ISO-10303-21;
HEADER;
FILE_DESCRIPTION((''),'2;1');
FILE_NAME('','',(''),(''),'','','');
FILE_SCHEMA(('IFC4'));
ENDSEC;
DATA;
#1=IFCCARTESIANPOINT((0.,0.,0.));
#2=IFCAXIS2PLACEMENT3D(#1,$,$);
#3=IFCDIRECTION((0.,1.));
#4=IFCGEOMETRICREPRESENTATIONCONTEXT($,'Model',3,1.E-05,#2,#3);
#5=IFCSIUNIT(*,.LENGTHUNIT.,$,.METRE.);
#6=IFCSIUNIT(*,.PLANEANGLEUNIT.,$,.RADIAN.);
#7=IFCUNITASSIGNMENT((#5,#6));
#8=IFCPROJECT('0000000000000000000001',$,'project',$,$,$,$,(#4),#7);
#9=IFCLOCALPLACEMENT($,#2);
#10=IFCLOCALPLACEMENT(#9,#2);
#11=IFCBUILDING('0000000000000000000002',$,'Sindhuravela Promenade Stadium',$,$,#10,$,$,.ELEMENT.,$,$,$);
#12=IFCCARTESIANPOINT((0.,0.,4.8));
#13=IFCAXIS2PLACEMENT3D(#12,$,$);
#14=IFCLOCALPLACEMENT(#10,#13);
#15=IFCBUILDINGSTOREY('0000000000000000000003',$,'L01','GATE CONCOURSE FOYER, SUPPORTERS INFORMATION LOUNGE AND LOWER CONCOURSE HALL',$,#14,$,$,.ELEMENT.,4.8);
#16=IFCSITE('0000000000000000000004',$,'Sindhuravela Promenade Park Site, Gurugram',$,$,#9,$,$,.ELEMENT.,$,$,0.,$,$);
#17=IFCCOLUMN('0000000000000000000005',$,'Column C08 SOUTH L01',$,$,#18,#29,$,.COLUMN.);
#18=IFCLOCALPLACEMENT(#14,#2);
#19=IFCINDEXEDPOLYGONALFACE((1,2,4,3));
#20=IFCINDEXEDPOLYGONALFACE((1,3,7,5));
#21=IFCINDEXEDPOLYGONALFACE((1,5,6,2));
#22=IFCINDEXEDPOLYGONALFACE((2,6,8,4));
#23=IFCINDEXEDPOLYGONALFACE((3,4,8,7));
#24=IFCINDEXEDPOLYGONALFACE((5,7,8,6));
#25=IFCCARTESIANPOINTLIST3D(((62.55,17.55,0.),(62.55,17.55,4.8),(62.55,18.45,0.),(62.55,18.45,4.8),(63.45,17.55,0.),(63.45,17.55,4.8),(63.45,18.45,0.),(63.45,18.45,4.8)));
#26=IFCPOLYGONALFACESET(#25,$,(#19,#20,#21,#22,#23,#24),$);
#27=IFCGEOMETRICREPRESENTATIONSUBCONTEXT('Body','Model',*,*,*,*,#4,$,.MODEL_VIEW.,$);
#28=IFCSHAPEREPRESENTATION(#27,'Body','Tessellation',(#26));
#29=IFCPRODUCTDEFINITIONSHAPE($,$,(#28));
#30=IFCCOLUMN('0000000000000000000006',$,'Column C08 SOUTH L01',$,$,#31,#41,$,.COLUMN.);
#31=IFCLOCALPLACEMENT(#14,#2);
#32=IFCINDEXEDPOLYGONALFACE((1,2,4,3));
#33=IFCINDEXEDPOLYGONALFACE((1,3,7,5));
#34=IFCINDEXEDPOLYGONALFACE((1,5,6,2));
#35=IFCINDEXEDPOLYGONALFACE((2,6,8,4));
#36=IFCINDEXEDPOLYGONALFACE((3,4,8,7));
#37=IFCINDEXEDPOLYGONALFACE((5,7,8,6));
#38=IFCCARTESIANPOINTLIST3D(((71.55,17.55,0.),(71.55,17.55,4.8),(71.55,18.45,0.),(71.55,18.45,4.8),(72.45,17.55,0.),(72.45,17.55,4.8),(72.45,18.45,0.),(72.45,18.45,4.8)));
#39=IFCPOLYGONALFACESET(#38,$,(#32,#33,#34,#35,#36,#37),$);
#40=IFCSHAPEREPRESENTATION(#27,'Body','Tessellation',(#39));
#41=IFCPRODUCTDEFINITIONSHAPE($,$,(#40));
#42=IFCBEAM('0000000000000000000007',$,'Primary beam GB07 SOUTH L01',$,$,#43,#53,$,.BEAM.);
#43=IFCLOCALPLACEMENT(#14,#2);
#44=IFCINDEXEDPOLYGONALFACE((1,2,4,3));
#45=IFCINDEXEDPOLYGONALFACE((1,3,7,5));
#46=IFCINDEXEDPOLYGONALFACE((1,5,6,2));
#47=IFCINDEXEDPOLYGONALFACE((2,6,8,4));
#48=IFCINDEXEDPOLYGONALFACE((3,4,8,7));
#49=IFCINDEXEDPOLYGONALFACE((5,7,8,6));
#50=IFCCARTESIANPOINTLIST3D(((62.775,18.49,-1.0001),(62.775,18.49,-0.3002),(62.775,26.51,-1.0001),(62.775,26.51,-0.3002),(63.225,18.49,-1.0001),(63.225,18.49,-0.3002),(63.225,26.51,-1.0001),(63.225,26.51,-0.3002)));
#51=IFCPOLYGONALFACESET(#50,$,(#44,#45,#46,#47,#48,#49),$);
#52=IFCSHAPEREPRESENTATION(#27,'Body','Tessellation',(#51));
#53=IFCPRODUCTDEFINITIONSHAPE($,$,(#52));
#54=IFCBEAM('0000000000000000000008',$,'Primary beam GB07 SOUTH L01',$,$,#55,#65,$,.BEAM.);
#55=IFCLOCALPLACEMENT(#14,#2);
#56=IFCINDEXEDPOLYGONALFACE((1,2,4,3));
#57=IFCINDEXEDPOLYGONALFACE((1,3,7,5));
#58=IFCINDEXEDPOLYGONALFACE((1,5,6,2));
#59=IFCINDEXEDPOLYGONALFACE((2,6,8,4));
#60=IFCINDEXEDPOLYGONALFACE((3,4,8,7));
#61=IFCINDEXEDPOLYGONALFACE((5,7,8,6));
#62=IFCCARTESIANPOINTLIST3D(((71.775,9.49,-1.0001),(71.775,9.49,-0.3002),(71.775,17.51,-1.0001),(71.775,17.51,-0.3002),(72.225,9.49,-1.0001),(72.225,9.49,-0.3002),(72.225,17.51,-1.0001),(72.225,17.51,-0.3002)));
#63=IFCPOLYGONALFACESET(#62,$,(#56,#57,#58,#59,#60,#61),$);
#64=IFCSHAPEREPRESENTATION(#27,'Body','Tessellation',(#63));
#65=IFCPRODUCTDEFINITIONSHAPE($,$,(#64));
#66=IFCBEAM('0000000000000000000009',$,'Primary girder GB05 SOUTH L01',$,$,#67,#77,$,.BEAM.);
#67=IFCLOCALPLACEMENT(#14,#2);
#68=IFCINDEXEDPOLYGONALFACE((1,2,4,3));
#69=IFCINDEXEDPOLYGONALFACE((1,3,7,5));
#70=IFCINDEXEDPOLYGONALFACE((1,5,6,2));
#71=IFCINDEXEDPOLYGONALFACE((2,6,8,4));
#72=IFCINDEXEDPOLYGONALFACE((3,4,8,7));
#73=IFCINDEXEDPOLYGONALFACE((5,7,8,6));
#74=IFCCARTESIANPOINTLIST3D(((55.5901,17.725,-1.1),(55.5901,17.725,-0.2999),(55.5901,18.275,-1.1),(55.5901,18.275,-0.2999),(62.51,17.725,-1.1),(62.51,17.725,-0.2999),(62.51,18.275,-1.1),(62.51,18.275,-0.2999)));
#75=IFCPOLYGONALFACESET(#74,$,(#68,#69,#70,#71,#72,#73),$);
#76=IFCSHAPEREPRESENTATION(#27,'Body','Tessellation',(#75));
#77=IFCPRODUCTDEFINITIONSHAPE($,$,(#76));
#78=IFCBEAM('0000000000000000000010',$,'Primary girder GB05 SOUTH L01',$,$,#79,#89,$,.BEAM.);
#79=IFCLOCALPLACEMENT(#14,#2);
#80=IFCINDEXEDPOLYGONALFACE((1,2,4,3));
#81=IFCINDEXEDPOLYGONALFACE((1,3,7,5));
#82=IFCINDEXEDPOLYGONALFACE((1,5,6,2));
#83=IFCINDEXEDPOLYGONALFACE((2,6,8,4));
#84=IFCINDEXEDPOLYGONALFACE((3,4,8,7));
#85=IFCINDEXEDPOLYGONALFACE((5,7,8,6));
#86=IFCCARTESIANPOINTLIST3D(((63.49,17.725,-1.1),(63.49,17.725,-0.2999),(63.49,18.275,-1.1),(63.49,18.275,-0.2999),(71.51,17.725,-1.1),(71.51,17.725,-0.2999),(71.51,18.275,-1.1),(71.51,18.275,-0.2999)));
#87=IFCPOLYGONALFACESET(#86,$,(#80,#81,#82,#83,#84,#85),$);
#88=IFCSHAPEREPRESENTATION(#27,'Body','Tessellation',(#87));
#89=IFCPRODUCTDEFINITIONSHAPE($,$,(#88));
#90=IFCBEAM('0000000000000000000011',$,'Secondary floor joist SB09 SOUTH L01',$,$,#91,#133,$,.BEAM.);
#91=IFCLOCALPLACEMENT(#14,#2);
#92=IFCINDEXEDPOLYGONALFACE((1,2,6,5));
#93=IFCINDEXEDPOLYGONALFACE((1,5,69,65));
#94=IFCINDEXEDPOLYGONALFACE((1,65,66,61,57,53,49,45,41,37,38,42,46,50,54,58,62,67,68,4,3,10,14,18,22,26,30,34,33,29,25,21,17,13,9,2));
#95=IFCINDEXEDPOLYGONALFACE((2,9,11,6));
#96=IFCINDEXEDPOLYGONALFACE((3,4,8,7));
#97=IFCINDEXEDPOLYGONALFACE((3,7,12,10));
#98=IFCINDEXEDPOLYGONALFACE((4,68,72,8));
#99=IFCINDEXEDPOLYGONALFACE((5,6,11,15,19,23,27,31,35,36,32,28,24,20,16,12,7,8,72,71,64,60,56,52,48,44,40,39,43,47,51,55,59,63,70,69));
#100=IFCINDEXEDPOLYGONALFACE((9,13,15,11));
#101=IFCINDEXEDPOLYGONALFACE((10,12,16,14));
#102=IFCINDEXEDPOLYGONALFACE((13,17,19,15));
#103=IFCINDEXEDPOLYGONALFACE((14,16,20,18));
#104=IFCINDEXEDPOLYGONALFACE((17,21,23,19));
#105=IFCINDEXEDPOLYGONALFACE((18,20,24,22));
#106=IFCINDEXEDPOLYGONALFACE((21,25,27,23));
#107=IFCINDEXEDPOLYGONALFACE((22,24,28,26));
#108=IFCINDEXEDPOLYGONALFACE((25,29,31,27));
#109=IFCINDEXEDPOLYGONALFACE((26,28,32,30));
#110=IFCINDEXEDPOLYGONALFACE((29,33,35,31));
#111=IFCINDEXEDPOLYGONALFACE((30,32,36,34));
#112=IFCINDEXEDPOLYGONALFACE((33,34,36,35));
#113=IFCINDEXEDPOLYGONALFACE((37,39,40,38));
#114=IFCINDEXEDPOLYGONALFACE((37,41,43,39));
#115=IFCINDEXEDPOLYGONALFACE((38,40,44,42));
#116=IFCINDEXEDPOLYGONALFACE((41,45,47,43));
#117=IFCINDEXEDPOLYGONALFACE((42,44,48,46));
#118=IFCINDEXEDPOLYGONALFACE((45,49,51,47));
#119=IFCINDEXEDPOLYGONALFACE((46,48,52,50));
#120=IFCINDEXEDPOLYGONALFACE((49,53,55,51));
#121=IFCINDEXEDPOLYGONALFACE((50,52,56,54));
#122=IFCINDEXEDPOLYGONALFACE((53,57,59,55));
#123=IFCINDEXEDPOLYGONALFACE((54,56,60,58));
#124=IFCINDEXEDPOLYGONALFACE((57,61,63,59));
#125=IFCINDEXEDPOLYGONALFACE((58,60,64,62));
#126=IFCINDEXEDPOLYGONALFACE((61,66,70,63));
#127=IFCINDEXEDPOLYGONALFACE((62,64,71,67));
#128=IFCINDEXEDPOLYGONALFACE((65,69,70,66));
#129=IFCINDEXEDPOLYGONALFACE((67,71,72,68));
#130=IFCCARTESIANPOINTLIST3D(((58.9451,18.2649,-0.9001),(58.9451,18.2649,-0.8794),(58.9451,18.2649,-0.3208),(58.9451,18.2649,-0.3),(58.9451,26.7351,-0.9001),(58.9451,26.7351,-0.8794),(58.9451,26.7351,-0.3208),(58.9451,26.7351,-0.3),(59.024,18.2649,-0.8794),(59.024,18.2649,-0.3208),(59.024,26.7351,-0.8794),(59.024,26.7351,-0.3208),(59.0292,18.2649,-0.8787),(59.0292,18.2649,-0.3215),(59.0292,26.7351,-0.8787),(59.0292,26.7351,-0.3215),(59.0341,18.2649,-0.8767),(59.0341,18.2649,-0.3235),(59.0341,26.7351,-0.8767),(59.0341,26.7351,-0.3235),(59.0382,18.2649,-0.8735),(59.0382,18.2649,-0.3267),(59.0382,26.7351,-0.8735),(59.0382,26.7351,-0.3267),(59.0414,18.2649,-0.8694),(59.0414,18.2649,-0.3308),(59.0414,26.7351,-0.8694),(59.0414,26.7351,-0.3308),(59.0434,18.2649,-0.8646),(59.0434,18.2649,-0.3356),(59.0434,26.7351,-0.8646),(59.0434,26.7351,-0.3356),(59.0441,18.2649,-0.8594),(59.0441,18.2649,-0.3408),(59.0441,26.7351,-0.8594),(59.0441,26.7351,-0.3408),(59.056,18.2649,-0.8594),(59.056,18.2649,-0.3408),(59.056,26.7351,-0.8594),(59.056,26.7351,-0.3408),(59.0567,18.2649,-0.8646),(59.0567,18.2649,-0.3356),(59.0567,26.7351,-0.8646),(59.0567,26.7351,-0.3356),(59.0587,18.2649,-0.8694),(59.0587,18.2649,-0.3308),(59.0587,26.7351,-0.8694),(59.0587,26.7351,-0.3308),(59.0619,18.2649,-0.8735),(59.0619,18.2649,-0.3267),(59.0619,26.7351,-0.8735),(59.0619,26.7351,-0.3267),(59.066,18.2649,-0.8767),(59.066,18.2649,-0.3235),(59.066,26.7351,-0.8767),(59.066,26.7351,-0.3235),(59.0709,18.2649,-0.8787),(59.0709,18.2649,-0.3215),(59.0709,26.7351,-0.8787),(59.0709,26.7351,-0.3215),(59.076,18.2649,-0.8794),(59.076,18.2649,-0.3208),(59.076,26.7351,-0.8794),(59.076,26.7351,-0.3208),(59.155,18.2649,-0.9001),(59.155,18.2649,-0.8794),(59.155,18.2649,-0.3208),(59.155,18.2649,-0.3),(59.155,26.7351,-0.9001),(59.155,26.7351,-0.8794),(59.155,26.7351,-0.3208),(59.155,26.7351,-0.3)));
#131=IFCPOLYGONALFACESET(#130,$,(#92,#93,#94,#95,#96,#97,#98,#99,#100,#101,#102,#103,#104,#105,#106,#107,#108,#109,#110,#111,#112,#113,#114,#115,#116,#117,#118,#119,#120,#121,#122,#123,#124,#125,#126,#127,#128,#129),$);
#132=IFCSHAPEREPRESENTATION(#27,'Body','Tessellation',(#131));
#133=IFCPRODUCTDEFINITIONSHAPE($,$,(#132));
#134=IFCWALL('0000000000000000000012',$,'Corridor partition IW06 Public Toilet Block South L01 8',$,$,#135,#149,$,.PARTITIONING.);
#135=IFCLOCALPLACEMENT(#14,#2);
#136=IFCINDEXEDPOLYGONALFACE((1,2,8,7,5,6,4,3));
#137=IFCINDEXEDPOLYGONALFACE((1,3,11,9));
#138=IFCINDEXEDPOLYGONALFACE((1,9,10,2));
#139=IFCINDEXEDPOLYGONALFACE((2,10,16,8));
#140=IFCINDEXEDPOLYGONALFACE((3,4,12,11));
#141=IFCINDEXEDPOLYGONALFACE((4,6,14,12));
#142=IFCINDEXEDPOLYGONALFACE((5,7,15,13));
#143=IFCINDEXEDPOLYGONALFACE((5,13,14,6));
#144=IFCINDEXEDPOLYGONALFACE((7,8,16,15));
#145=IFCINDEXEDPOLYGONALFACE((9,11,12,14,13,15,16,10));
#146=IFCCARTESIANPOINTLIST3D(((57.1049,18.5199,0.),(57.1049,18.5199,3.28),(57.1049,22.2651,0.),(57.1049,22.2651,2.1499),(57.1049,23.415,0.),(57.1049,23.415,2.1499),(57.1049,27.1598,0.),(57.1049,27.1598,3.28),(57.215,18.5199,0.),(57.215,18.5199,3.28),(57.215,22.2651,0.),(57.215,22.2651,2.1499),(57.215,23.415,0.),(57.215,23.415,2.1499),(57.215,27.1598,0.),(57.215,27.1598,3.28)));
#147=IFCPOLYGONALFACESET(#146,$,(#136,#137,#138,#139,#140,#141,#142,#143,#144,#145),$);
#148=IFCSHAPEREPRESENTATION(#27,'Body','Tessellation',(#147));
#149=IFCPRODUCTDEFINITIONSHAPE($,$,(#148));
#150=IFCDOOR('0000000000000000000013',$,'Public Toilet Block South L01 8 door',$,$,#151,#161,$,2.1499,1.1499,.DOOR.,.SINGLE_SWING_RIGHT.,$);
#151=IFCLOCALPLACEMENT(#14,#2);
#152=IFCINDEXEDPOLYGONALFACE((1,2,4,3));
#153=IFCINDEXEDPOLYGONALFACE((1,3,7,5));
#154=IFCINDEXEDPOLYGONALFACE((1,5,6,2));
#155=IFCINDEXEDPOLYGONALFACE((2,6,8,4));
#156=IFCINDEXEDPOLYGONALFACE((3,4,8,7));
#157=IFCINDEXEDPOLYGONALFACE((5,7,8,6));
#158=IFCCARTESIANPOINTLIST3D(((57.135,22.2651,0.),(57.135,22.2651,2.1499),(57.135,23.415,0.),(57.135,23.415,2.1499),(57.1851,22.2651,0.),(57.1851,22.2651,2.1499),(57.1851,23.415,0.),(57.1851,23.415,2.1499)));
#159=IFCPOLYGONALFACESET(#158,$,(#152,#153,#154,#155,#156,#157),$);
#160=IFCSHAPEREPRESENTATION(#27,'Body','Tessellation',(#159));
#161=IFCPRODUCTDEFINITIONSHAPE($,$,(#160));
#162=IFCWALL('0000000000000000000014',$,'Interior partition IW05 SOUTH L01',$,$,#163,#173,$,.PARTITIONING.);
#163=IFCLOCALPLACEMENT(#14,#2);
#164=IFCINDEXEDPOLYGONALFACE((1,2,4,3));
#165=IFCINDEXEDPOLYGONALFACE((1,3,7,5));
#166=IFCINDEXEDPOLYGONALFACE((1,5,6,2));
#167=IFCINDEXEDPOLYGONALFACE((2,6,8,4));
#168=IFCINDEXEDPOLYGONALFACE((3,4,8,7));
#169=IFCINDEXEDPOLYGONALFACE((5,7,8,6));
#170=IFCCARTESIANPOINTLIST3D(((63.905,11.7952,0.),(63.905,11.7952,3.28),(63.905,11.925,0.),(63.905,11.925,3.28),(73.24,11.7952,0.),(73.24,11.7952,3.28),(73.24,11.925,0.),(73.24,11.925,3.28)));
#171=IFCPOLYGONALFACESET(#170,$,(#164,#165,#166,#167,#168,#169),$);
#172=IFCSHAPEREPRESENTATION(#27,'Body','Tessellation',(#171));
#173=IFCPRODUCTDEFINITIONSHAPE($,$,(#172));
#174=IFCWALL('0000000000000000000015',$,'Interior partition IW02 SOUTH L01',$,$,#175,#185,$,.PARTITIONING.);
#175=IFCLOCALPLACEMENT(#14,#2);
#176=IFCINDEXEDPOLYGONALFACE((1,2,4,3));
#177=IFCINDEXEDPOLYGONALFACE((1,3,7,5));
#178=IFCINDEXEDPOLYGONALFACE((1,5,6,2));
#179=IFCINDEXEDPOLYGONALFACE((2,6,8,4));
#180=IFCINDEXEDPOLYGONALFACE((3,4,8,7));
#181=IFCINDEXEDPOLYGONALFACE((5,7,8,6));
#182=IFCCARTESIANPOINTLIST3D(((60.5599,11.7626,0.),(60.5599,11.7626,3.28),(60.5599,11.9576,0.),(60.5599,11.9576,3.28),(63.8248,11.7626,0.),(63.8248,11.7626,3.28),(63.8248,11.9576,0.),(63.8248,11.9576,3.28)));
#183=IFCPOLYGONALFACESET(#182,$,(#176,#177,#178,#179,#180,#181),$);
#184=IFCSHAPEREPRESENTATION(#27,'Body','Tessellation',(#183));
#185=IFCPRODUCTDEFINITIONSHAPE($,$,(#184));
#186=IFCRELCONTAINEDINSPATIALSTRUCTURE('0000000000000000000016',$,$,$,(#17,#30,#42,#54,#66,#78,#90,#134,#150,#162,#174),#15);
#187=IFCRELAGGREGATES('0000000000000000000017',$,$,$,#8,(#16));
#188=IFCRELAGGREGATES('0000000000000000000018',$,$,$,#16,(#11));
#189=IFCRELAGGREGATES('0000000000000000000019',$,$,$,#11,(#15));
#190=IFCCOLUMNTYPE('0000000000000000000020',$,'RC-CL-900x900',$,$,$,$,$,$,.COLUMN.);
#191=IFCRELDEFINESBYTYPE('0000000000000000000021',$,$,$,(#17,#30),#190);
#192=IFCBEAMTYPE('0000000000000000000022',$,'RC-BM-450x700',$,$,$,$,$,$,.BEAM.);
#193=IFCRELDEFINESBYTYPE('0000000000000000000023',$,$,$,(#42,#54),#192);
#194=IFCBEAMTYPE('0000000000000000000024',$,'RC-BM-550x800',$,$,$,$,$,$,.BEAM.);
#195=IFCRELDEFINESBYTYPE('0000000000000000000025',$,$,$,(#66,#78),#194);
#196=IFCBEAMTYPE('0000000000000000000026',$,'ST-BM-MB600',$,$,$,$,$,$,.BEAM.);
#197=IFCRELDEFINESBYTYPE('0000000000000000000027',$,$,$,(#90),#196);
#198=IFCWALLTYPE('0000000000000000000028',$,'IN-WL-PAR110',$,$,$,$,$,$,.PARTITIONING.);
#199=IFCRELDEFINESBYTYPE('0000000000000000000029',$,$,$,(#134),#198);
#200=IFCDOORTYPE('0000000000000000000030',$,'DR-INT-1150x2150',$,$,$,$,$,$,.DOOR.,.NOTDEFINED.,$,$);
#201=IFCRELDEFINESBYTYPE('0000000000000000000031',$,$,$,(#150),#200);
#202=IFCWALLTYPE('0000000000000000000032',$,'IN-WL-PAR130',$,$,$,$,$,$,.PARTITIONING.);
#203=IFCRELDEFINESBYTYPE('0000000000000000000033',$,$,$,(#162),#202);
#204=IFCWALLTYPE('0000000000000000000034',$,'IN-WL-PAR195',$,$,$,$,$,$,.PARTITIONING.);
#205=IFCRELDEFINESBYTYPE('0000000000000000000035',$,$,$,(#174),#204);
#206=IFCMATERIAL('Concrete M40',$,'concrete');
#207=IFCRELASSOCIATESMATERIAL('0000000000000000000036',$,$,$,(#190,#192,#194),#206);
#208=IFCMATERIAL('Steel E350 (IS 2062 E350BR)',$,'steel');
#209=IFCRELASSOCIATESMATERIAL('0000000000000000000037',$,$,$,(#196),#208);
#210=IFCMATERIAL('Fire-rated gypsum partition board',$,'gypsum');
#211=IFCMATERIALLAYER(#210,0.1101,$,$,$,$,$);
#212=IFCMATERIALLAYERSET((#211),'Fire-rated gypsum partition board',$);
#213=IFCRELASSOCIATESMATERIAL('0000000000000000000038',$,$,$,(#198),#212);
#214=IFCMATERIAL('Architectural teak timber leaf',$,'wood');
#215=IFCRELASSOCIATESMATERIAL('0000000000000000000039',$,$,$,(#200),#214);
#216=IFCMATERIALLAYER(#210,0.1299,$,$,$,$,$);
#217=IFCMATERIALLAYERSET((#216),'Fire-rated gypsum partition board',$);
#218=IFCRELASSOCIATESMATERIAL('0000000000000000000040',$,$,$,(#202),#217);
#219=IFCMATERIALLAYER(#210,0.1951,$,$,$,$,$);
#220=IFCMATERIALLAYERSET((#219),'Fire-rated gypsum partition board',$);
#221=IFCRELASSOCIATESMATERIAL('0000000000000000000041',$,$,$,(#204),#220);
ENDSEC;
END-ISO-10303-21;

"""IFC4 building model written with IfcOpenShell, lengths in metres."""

from ifc_helpers import new_model, si_unit, direction, frame, frame_2d, origin, origin_2d, place, context, subcontext, project, spatial, rectangle, i_section, extrude, material, layer, layer_set, material_profile, profile_set, type_object, element, fill, save


model = new_model("IFC4")

# Units and contexts
model_context = context("Model", 3, precision=1e-05, world=origin(), true_north=direction((0.0, 1.0)))
body_context = subcontext(model_context, "Body", "Model", "MODEL_VIEW")
ifc_project = project(units=[si_unit("LENGTHUNIT", "METRE"), si_unit("PLANEANGLEUNIT", "RADIAN")], contexts=[model_context])

# Site, building, storey
site_placement = place(None, origin())
site = spatial("IfcSite", under=ifc_project, at=site_placement, Name="Sindhuravela Promenade Park Site, Gurugram", CompositionType="ELEMENT", RefElevation=0.0)
building_placement = place(site_placement, origin())
building = spatial("IfcBuilding", under=site, at=building_placement, Name="Sindhuravela Promenade Stadium", CompositionType="ELEMENT")
storey_placement = place(building_placement, frame((0.0, 0.0, 4.8)))
storey = spatial("IfcBuildingStorey", under=building, at=storey_placement, Name="L01", Description="GATE CONCOURSE FOYER, SUPPORTERS INFORMATION LOUNGE AND LOWER CONCOURSE HALL", CompositionType="ELEMENT", Elevation=4.8)

# Columns
ifc_material_1 = material(Name="Concrete M40", Category="concrete")
ifc_material_profile_1 = material_profile(ifc_material_1, rectangle(XDim=0.8999, YDim=0.8999, at=origin_2d()), Name="RC 900x900")
ifc_profile_set_1 = profile_set([ifc_material_profile_1], Name="Concrete M40")
column_type = type_object("IfcColumnType", Name="RC-CL-900x900", PredefinedType="COLUMN", material=ifc_profile_set_1)
for number, where, z_axis, x_axis, name in (
    (1, (63.0, 18.0, 0.0), (0.0, 0.0, 1.0), (1.0, 0.0, 0.0), "Column C08 SOUTH L01"),
    (2, (72.0, 18.0, 0.0), (0.0, 0.0, 1.0), (1.0, 0.0, 0.0), "Column C08 SOUTH L01"),
):
    element("IfcColumn", number, at=place(storey_placement, frame(where, z_axis=z_axis, x_axis=x_axis)), inside=storey, type_object=column_type, Name=name, PredefinedType="COLUMN", context=body_context, shape_type="SweptSolid", body=[
        extrude(rectangle(XDim=0.8999, YDim=0.8999, at=origin_2d()), origin(), (0.0, 0.0, 1.0), 4.8),
    ])

# Beams
ifc_material_profile_2 = material_profile(ifc_material_1, rectangle(XDim=0.45, YDim=0.7, at=origin_2d()), Name="RC 450x700")
ifc_profile_set_2 = profile_set([ifc_material_profile_2], Name="Concrete M40")
beam_type_1 = type_object("IfcBeamType", Name="RC-BM-450x700", PredefinedType="BEAM", material=ifc_profile_set_2)
for number, where, z_axis, x_axis, name in (
    (3, (63.0, 18.49, -0.6501), (0.0, 1.0, 0.0), (-1.0, 0.0, 0.0), "Primary beam GB07 SOUTH L01"),
    (4, (72.0, 9.49, -0.6501), (0.0, 1.0, 0.0), (-1.0, 0.0, 0.0), "Primary beam GB07 SOUTH L01"),
):
    element("IfcBeam", number, at=place(storey_placement, frame(where, z_axis=z_axis, x_axis=x_axis)), inside=storey, type_object=beam_type_1, Name=name, PredefinedType="BEAM", context=body_context, shape_type="SweptSolid", body=[
        extrude(rectangle(XDim=0.45, YDim=0.7, at=origin_2d()), origin(), (0.0, 0.0, 1.0), 8.02),
    ])
ifc_material_profile_3 = material_profile(ifc_material_1, rectangle(XDim=0.55, YDim=0.8, at=origin_2d()), Name="RC 550x800")
ifc_profile_set_3 = profile_set([ifc_material_profile_3], Name="Concrete M40")
beam_type_2 = type_object("IfcBeamType", Name="RC-BM-550x800", PredefinedType="BEAM", material=ifc_profile_set_3)
beam_1_placement = place(storey_placement, frame((55.5901, 18.0, -0.7), z_axis=(1.0, 0.0, 0.0), x_axis=(0.0, 1.0, 0.0)))
element("IfcBeam", 5, at=beam_1_placement, inside=storey, type_object=beam_type_2, Name="Primary girder GB05 SOUTH L01", PredefinedType="BEAM", context=body_context, shape_type="SweptSolid", body=[
    extrude(rectangle(XDim=0.55, YDim=0.8, at=origin_2d()), origin(), (0.0, 0.0, 1.0), 6.9199),
])
beam_2_placement = place(storey_placement, frame((63.49, 18.0, -0.7), z_axis=(1.0, 0.0, 0.0), x_axis=(0.0, 1.0, 0.0)))
element("IfcBeam", 6, at=beam_2_placement, inside=storey, type_object=beam_type_2, Name="Primary girder GB05 SOUTH L01", PredefinedType="BEAM", context=body_context, shape_type="SweptSolid", body=[
    extrude(rectangle(XDim=0.55, YDim=0.8, at=origin_2d()), origin(), (0.0, 0.0, 1.0), 8.02),
])
ifc_material_2 = material(Name="Steel E350 (IS 2062 E350BR)", Category="steel")
ifc_material_profile_4 = material_profile(ifc_material_2, i_section(OverallWidth=0.21, OverallDepth=0.6001, WebThickness=0.012, FlangeThickness=0.0208, FilletRadius=0.02, at=origin_2d()), Name="ISMB 600")
ifc_profile_set_4 = profile_set([ifc_material_profile_4], Name="Steel E350 (IS 2062 E350BR)")
beam_type_3 = type_object("IfcBeamType", Name="ST-BM-MB600", PredefinedType="BEAM", material=ifc_profile_set_4)
beam_3_placement = place(storey_placement, frame((59.05, 18.2649, -0.6001), z_axis=(0.0, 1.0, 0.0), x_axis=(-1.0, 0.0, 0.0)))
element("IfcBeam", 7, at=beam_3_placement, inside=storey, type_object=beam_type_3, Name="Secondary floor joist SB09 SOUTH L01", PredefinedType="BEAM", context=body_context, shape_type="SweptSolid", body=[
    extrude(i_section(OverallWidth=0.21, OverallDepth=0.6001, WebThickness=0.012, FlangeThickness=0.0208, FilletRadius=0.02, at=origin_2d()), origin(), (0.0, 0.0, 1.0), 8.4702),
])

# Wall, opening, door
ifc_material_3 = material(Name="Fire-rated gypsum partition board", Category="gypsum")
ifc_layer_1 = layer(ifc_material_3, 0.1101)
ifc_layer_set_1 = layer_set([ifc_layer_1], Name="Fire-rated gypsum partition board")
wall_type_1 = type_object("IfcWallType", Name="IN-WL-PAR110", PredefinedType="PARTITIONING", material=ifc_layer_set_1)
wall_1_placement = place(storey_placement, frame((57.1599, 18.52, 0.0), z_axis=(0.0, 0.0, 1.0), x_axis=(0.0, 1.0, 0.0)))
wall_1 = element("IfcWall", 8, at=wall_1_placement, inside=storey, type_object=wall_type_1, Name="Corridor partition IW06 Public Toilet Block South L01 8", PredefinedType="PARTITIONING", context=body_context, shape_type="SweptSolid", body=[
    extrude(rectangle(XDim=8.6399, YDim=0.1101, at=frame_2d((4.3198, 0.0))), origin(), (0.0, 0.0, 1.0), 3.28),
])
opening_1_placement = place(wall_1_placement, frame((3.7451, 0.0, 0.0)))
opening_1 = element("IfcOpeningElement", 9, at=opening_1_placement, cuts=wall_1, PredefinedType="OPENING", context=body_context, shape_type="SweptSolid", body=[
    extrude(rectangle(XDim=1.1499, YDim=2.1499, at=frame_2d((0.575, 1.075))), frame((0.0, 0.0649, 0.0), z_axis=(0.0, -1.0, 0.0), x_axis=(1.0, 0.0, 0.0)), (0.0, 0.0, 1.0), 0.1301),
])
ifc_material_4 = material(Name="Architectural teak timber leaf", Category="wood")
door_type_1 = type_object("IfcDoorType", Name="DR-INT-1150x2150", OperationType="NOTDEFINED", PredefinedType="DOOR", material=ifc_material_4)
door_1_placement = place(opening_1_placement, origin())
door_1 = element("IfcDoor", 10, at=door_1_placement, inside=storey, type_object=door_type_1, Name="Public Toilet Block South L01 8 door", OperationType="SINGLE_SWING_RIGHT", OverallHeight=2.1499, OverallWidth=1.1499, PredefinedType="DOOR", context=body_context, shape_type="SweptSolid", body=[
    extrude(rectangle(XDim=1.1499, YDim=2.1499, at=frame_2d((0.575, 1.075))), frame((0.0, 0.0249, 0.0), z_axis=(0.0, -1.0, 0.0), x_axis=(1.0, 0.0, 0.0)), (0.0, 0.0, 1.0), 0.05),
])
fill(opening_1, door_1)

# Walls
ifc_layer_2 = layer(ifc_material_3, 0.1299)
ifc_layer_set_2 = layer_set([ifc_layer_2], Name="Fire-rated gypsum partition board")
wall_type_2 = type_object("IfcWallType", Name="IN-WL-PAR130", PredefinedType="PARTITIONING", material=ifc_layer_set_2)
wall_2_placement = place(storey_placement, frame((63.905, 11.8601, 0.0), z_axis=(0.0, 0.0, 1.0), x_axis=(1.0, 0.0, 0.0)))
element("IfcWall", 11, at=wall_2_placement, inside=storey, type_object=wall_type_2, Name="Interior partition IW05 SOUTH L01", PredefinedType="PARTITIONING", context=body_context, shape_type="SweptSolid", body=[
    extrude(rectangle(XDim=9.335, YDim=0.1299, at=frame_2d((4.6675, 0.0))), origin(), (0.0, 0.0, 1.0), 3.28),
])
ifc_layer_3 = layer(ifc_material_3, 0.1951)
ifc_layer_set_3 = layer_set([ifc_layer_3], Name="Fire-rated gypsum partition board")
wall_type_3 = type_object("IfcWallType", Name="IN-WL-PAR195", PredefinedType="PARTITIONING", material=ifc_layer_set_3)
wall_3_placement = place(storey_placement, frame((60.5601, 11.8601, 0.0), z_axis=(0.0, 0.0, 1.0), x_axis=(1.0, 0.0, 0.0)))
element("IfcWall", 12, at=wall_3_placement, inside=storey, type_object=wall_type_3, Name="Interior partition IW02 SOUTH L01", PredefinedType="PARTITIONING", context=body_context, shape_type="SweptSolid", body=[
    extrude(rectangle(XDim=3.2649, YDim=0.1951, at=frame_2d((1.6323, 0.0))), origin(), (0.0, 0.0, 1.0), 3.28),
])

save(model, "model.ifc")
